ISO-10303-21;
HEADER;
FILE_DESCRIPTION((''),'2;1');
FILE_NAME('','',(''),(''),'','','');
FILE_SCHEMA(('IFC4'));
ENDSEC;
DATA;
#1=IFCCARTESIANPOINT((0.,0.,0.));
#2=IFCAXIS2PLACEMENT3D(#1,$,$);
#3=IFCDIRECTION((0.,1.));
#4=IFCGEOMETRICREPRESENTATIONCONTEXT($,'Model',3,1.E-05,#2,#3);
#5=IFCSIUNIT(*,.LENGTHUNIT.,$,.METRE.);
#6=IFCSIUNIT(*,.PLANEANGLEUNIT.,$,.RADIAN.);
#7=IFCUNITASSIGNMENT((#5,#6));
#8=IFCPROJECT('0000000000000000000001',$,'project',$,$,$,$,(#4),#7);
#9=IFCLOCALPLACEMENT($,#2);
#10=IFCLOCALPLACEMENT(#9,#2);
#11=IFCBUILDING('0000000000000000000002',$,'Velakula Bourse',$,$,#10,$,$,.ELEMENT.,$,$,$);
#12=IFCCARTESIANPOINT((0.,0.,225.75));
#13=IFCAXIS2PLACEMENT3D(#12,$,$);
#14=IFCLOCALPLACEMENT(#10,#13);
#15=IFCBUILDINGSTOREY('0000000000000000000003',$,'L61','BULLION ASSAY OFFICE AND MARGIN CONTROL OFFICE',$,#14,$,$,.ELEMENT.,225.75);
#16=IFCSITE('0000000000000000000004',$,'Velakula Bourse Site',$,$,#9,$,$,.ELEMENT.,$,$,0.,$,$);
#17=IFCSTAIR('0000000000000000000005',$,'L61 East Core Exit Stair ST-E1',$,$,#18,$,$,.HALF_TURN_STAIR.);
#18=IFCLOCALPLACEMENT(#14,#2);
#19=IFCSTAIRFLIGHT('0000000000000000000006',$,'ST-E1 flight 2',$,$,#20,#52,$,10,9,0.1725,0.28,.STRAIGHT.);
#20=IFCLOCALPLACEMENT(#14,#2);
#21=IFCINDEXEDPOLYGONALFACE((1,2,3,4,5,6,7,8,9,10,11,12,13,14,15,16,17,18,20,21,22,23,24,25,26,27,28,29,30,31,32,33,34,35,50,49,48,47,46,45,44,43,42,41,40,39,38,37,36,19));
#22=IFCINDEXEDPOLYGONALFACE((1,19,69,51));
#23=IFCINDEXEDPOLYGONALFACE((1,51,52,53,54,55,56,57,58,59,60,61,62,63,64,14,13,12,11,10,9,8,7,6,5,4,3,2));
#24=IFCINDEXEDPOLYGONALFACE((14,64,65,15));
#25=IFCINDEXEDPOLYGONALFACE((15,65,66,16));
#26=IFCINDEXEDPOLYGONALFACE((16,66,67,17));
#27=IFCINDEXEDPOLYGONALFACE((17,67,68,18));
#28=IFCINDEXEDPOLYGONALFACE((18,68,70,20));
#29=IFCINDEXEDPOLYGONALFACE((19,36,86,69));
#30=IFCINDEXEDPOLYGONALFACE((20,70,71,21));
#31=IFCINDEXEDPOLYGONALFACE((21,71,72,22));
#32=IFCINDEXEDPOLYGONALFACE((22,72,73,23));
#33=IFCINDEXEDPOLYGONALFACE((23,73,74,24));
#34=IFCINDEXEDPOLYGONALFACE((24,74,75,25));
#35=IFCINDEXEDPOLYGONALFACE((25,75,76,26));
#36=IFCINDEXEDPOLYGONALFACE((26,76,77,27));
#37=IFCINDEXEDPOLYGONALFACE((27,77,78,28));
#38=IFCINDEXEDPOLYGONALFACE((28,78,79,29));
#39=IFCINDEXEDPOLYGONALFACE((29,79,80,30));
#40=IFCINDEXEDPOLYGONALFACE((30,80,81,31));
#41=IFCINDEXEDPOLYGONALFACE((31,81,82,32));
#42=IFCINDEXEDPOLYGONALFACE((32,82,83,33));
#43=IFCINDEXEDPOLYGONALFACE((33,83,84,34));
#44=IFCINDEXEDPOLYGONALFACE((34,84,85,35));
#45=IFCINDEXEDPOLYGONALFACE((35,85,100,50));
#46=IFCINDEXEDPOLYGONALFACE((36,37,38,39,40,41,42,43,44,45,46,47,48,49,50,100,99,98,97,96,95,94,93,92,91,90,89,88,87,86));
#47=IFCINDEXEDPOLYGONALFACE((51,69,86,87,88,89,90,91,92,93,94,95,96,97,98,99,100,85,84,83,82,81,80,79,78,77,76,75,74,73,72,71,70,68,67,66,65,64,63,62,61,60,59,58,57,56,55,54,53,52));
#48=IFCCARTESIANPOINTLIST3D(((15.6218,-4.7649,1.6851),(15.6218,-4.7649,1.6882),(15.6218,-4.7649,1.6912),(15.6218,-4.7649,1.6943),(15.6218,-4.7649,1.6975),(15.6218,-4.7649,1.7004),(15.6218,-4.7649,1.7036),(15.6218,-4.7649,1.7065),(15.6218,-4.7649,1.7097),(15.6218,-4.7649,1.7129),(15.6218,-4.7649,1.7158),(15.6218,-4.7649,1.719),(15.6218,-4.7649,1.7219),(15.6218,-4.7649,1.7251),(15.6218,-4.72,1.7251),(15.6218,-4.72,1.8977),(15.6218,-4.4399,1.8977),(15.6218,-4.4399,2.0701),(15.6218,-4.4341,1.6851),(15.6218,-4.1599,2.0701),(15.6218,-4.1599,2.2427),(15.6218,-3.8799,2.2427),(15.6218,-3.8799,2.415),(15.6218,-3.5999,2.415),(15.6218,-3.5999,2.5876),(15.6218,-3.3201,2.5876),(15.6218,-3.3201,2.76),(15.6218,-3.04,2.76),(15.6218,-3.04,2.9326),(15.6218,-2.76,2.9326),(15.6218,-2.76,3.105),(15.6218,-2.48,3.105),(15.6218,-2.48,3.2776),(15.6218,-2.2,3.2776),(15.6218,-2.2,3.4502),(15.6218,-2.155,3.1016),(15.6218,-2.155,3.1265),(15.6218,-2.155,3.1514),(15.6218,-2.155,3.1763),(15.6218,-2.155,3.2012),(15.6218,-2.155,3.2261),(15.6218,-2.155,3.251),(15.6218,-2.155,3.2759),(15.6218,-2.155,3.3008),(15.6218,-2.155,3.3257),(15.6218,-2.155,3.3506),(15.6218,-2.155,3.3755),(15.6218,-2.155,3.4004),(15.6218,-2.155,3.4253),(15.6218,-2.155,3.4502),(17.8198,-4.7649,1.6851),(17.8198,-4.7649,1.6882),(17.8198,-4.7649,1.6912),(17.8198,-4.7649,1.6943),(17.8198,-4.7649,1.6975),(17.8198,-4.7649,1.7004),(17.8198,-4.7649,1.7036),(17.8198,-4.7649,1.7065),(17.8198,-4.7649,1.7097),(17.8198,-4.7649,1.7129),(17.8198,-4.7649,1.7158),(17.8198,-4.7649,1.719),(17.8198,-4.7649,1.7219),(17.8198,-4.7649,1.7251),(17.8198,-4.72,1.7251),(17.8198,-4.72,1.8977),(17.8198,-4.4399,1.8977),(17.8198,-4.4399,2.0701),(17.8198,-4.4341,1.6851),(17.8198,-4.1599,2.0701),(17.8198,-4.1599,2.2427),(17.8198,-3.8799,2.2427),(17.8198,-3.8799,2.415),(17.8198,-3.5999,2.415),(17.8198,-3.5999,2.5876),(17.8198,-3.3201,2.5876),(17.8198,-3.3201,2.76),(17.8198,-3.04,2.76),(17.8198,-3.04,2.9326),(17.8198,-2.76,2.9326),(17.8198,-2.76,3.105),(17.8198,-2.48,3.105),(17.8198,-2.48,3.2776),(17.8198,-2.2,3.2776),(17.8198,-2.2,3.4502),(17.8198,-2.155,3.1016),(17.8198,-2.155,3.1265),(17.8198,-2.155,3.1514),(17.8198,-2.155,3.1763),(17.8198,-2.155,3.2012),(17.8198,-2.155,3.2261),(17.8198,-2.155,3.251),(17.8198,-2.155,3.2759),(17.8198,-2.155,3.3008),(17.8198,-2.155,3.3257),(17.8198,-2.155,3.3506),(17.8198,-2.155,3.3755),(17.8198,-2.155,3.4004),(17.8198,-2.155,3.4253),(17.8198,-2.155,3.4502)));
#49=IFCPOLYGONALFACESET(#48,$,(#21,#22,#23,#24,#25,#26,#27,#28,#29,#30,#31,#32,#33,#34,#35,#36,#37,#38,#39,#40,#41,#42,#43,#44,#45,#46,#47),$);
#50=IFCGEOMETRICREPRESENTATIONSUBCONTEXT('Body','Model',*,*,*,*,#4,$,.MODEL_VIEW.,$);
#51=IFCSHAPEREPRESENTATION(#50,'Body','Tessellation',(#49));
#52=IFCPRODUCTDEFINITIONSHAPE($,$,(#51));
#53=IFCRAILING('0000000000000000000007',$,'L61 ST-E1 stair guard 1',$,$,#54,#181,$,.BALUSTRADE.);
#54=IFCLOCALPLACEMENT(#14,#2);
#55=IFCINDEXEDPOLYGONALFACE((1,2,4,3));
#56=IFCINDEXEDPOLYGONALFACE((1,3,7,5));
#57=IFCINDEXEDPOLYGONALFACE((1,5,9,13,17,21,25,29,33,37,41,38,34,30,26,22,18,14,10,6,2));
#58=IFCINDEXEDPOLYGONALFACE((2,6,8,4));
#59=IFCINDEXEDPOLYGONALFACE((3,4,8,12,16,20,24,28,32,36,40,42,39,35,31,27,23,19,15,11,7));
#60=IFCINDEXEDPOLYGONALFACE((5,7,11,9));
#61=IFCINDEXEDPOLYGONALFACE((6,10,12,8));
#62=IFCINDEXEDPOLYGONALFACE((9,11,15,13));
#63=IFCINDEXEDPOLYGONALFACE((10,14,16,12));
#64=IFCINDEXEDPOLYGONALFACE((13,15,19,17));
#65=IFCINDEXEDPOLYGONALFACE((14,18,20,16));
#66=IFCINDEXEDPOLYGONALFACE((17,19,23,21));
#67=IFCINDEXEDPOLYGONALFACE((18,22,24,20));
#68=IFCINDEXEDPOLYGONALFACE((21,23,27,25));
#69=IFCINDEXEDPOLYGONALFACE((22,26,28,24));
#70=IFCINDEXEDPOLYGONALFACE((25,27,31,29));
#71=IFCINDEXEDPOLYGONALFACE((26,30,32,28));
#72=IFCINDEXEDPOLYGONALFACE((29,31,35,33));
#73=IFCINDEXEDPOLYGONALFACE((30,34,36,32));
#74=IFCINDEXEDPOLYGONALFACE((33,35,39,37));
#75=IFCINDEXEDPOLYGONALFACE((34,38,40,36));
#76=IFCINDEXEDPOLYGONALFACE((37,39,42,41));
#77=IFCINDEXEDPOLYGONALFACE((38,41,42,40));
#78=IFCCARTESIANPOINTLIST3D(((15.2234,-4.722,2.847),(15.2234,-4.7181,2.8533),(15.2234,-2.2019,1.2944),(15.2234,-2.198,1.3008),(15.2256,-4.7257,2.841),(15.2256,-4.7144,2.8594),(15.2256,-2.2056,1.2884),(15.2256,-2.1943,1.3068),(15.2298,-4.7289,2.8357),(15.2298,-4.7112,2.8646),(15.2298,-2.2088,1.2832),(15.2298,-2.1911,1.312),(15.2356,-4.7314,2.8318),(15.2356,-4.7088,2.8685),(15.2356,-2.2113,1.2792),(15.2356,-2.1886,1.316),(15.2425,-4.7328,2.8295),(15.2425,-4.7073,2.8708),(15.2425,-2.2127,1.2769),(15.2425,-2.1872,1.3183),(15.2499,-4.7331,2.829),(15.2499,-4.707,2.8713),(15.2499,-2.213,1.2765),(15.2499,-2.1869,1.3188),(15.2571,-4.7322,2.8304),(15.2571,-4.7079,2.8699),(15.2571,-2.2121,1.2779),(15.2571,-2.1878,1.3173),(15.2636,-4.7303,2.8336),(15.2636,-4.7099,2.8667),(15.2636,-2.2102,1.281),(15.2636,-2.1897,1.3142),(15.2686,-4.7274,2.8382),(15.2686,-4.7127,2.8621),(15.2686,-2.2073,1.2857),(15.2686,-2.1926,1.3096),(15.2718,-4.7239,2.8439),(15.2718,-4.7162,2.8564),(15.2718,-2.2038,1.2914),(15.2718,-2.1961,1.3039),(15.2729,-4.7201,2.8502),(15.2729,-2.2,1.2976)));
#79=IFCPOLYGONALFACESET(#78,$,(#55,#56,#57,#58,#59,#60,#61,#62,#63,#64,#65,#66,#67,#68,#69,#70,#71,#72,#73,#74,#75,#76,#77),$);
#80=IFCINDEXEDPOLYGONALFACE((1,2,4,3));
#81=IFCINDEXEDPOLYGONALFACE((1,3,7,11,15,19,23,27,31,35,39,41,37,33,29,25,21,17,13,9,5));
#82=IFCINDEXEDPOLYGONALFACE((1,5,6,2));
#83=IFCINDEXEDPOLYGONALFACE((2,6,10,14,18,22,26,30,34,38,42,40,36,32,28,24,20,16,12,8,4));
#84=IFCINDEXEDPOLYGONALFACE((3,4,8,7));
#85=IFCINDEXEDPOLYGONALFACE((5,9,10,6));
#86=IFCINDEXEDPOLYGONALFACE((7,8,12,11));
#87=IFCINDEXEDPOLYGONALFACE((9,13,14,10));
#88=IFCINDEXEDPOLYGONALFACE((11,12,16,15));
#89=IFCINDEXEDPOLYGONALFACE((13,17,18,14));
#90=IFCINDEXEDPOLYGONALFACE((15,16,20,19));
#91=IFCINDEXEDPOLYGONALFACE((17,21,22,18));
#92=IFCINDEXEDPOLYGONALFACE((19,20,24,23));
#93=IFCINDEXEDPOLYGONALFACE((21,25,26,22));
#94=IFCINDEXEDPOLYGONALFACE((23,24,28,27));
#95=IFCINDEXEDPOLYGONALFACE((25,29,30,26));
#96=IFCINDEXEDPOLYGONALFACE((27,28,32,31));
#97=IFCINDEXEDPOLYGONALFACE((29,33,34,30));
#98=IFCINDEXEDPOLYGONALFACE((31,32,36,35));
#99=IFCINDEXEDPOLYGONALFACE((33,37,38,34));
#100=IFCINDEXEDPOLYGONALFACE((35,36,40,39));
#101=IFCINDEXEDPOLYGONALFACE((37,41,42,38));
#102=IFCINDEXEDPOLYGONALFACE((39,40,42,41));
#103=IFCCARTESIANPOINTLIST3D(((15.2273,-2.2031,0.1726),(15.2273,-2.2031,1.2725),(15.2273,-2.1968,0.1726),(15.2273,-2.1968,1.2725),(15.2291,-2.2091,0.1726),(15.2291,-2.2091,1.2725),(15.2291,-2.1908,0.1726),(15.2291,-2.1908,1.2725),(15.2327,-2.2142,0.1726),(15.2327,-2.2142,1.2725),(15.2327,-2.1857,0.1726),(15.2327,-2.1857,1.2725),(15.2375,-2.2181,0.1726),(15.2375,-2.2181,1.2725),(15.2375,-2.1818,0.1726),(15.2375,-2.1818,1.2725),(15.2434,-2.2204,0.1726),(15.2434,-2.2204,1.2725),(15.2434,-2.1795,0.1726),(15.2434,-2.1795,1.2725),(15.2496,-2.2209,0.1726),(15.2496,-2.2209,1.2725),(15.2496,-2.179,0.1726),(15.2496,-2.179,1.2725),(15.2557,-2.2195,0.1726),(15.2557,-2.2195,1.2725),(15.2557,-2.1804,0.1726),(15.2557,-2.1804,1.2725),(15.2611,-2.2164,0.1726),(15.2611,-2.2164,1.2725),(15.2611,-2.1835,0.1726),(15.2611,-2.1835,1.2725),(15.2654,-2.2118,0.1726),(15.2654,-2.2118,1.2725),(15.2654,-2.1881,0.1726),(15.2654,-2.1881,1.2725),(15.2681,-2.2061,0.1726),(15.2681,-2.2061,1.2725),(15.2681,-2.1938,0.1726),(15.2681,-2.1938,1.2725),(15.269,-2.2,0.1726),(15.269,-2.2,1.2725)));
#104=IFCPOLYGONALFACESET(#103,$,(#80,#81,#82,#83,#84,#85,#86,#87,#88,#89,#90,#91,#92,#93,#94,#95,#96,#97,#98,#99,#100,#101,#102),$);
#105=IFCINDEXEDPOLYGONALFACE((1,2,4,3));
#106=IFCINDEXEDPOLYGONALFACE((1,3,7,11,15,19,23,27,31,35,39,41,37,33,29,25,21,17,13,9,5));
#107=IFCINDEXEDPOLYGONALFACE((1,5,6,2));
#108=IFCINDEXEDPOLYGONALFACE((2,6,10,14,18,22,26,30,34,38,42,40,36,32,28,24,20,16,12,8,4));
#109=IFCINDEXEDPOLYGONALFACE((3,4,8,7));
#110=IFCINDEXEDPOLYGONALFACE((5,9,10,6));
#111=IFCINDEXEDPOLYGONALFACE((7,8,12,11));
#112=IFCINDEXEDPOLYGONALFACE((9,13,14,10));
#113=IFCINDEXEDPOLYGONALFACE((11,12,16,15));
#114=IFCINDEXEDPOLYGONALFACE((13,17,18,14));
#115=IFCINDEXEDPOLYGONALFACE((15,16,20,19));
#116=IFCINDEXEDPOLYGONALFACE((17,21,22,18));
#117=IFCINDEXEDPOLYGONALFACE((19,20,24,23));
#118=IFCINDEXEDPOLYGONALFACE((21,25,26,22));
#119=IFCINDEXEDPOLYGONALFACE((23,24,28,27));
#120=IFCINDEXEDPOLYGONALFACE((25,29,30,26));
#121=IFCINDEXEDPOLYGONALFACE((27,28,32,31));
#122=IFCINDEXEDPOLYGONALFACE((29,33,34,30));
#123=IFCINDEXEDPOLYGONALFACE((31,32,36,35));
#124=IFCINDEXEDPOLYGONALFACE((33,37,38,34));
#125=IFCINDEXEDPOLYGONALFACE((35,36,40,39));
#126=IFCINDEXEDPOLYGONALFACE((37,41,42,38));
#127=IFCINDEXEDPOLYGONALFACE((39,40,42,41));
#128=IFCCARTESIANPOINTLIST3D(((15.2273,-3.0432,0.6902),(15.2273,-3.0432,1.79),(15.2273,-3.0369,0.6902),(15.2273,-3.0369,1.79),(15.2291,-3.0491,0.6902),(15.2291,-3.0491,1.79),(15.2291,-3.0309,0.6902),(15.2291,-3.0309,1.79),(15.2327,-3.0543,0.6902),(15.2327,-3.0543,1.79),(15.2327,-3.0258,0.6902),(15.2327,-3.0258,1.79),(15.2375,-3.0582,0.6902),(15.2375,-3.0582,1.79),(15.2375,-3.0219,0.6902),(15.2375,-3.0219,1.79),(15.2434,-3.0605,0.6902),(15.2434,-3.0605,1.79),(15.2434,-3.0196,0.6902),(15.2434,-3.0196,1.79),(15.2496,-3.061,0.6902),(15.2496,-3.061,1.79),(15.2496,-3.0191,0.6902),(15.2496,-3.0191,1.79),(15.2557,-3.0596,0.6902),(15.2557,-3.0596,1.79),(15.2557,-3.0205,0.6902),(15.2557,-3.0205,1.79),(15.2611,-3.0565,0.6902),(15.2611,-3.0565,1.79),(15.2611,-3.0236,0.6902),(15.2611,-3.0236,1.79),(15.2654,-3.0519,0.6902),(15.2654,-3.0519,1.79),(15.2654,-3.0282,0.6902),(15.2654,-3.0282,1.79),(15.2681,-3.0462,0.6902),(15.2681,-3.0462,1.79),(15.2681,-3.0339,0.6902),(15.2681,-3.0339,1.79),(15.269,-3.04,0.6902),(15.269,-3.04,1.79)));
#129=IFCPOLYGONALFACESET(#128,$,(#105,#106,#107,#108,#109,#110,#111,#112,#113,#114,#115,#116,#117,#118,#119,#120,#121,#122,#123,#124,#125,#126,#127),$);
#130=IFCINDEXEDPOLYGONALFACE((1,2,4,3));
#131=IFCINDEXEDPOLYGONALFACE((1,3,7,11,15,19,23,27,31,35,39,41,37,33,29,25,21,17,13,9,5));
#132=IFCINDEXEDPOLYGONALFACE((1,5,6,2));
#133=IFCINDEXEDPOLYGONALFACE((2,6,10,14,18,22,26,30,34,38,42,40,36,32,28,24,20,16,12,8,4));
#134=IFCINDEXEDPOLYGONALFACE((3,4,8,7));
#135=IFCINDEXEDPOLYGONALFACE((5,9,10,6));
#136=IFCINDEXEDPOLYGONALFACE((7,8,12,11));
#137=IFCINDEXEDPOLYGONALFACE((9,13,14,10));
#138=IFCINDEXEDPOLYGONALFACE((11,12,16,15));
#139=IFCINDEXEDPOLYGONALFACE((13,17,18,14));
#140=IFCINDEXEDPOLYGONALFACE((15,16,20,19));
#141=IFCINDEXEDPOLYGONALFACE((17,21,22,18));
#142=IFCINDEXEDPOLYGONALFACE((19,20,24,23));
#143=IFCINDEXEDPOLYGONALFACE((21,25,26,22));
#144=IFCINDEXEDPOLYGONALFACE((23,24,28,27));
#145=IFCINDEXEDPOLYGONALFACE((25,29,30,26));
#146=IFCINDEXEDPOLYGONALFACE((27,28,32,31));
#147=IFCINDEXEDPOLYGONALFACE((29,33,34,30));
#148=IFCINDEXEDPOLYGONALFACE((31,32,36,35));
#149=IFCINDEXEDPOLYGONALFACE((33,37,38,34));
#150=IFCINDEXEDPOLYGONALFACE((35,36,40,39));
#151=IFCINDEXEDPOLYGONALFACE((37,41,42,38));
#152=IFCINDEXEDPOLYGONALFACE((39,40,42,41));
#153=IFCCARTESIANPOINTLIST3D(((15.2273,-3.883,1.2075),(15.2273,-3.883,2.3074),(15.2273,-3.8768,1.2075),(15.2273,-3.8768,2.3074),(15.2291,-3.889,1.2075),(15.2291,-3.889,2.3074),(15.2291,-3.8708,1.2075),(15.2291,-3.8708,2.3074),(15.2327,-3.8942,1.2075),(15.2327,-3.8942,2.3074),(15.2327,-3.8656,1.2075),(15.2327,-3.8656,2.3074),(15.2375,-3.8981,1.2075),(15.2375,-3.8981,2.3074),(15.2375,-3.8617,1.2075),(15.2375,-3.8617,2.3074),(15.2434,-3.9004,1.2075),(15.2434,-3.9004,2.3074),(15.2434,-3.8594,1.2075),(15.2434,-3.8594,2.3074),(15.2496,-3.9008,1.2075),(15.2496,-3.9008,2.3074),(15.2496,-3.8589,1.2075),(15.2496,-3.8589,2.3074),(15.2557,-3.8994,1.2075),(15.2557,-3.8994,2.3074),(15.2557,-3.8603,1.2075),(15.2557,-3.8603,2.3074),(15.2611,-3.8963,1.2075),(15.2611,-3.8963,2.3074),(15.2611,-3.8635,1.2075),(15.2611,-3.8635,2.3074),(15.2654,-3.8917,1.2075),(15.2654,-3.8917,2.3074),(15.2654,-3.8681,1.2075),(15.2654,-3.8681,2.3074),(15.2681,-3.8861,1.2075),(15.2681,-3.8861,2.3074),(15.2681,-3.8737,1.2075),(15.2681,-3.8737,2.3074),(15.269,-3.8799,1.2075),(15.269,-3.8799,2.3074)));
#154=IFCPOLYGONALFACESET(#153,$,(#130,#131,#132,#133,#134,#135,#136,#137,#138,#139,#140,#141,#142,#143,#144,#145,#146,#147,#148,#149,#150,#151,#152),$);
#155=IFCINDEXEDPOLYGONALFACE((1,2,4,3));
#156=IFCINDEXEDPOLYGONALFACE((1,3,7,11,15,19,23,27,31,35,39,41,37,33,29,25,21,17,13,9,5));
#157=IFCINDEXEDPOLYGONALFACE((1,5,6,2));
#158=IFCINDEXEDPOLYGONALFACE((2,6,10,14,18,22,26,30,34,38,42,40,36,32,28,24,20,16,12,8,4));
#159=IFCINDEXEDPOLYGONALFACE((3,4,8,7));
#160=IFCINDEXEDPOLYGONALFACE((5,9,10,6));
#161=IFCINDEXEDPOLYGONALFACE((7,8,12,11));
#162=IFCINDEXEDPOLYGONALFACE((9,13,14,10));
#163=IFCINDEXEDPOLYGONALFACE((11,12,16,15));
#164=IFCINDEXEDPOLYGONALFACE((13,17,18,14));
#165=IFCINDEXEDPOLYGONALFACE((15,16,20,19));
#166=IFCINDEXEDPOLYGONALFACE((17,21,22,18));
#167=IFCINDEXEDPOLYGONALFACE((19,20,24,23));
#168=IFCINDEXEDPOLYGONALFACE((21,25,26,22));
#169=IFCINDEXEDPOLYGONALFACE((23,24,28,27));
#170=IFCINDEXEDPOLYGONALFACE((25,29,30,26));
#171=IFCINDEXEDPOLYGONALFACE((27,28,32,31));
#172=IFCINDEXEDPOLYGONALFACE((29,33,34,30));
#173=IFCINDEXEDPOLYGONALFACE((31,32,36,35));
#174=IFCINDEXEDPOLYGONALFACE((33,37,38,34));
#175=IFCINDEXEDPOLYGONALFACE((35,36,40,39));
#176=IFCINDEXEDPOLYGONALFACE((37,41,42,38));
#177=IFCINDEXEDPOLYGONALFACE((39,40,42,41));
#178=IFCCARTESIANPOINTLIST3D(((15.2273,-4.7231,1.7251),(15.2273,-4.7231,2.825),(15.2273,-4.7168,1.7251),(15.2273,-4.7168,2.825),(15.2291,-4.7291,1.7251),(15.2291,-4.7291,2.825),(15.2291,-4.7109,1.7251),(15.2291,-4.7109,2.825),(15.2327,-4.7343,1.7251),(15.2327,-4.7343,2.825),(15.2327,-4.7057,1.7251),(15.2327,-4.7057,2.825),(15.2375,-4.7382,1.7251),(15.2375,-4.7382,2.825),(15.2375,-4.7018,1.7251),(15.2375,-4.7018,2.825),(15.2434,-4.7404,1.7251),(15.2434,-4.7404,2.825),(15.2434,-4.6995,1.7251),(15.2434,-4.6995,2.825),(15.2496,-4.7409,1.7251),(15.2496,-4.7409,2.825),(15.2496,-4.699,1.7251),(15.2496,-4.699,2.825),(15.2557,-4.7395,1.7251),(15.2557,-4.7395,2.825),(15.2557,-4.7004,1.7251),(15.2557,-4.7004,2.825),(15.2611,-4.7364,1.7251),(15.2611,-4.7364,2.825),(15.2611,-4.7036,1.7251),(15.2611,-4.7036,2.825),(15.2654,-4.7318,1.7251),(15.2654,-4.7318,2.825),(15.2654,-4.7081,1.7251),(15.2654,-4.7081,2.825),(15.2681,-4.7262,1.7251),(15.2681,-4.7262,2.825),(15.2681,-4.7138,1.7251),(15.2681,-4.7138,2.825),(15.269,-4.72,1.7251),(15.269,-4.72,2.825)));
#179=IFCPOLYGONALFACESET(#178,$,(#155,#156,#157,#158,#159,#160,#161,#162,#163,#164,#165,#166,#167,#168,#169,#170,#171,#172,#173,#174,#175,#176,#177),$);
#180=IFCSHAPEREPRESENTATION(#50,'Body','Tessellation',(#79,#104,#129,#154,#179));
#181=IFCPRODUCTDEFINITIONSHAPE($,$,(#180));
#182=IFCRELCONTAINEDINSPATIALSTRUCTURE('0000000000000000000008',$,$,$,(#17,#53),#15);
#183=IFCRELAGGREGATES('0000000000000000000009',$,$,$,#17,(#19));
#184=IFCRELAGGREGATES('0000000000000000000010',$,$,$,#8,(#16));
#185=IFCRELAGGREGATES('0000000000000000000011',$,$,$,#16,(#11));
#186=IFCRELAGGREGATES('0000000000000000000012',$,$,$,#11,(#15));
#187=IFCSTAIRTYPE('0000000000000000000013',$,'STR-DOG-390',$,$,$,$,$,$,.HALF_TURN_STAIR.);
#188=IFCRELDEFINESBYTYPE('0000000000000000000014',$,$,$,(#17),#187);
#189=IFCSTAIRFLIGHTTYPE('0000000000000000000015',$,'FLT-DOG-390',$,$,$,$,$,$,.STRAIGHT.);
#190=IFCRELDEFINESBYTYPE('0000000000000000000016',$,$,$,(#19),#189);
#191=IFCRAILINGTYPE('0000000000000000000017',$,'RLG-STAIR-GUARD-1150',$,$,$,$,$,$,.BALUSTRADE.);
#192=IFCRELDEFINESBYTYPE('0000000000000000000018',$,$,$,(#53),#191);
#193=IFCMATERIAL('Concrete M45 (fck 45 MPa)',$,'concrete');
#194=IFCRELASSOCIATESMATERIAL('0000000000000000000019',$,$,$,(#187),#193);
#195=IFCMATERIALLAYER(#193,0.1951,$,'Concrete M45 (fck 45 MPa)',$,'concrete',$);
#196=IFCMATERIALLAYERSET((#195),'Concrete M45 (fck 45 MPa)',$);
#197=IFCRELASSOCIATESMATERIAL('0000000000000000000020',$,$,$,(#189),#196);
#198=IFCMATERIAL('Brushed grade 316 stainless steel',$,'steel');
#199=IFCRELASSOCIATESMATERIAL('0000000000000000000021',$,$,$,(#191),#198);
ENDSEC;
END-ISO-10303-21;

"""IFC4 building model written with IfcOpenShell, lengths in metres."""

from ifc_helpers import new_model, si_unit, direction, frame, origin, origin_2d, place, context, subcontext, project, spatial, polyline, circle, outline, extrude, material, layer, layer_set, type_object, element, aggregate, save


model = new_model("IFC4")

# Units and contexts
model_context = context("Model", 3, precision=1e-05, world=origin(), true_north=direction((0.0, 1.0)))
body_context = subcontext(model_context, "Body", "Model", "MODEL_VIEW")
ifc_project = project(units=[si_unit("LENGTHUNIT", "METRE"), si_unit("PLANEANGLEUNIT", "RADIAN")], contexts=[model_context])

# Site, building, storey
site_placement = place(None, origin())
site = spatial("IfcSite", under=ifc_project, at=site_placement, Name="Velakula Bourse Site", CompositionType="ELEMENT", RefElevation=0.0)
building_placement = place(site_placement, origin())
building = spatial("IfcBuilding", under=site, at=building_placement, Name="Velakula Bourse", CompositionType="ELEMENT")
storey_placement = place(building_placement, frame((0.0, 0.0, 225.75)))
storey = spatial("IfcBuildingStorey", under=building, at=storey_placement, Name="L61", Description="BULLION ASSAY OFFICE AND MARGIN CONTROL OFFICE", CompositionType="ELEMENT", Elevation=225.75)

# Shared definitions
ifc_material_1 = material(Name="Brushed grade 316 stainless steel", Category="steel")

# Stair, stair flight
ifc_material_2 = material(Name="Concrete M45 (fck 45 MPa)", Category="concrete")
stair_type = type_object("IfcStairType", Name="STR-DOG-390", PredefinedType="HALF_TURN_STAIR", material=ifc_material_2)
stair_placement = place(storey_placement, origin())
stair = element("IfcStair", 1, at=stair_placement, inside=storey, type_object=stair_type, Name="L61 East Core Exit Stair ST-E1", PredefinedType="HALF_TURN_STAIR")
ifc_layer_1 = layer(ifc_material_2, 0.1951, Name="Concrete M45 (fck 45 MPa)", Category="concrete")
ifc_layer_set_1 = layer_set([ifc_layer_1], Name="Concrete M45 (fck 45 MPa)")
stair_flight_type = type_object("IfcStairFlightType", Name="FLT-DOG-390", PredefinedType="STRAIGHT", material=ifc_layer_set_1)
stair_flight_1_placement = place(storey_placement, frame((16.7209, -4.72, 1.7251), z_axis=(0.0, 0.0, 1.0), x_axis=(0.0, 1.0, 0.0)))
stair_flight_1 = element("IfcStairFlight", 2, at=stair_flight_1_placement, type_object=stair_flight_type, Name="ST-E1 flight 2", NumberOfRisers=10, NumberOfTreads=9, PredefinedType="STRAIGHT", RiserHeight=0.1725, TreadLength=0.28, context=body_context, shape_type="SweptSolid", body=[
    extrude(outline(polyline([(-0.0449, -0.04), (-0.0449, -0.0369), (-0.0449, -0.0339), (-0.0449, -0.0308), (-0.0449, -0.0276), (-0.0449, -0.0247), (-0.0449, -0.0215), (-0.0449, -0.0186), (-0.0449, -0.0154), (-0.0449, -0.0122), (-0.0449, -0.0093), (-0.0449, -0.0061), (-0.0449, -0.0032), (-0.0449, 0.0), (0.0, 0.0), (0.0, 0.1726), (0.28, 0.1726), (0.28, 0.345), (0.5601, 0.345), (0.5601, 0.5176), (0.8401, 0.5176), (0.8401, 0.6899), (1.1201, 0.6899), (1.1201, 0.8625), (1.3999, 0.8625), (1.3999, 1.0349), (1.6799, 1.0349), (1.6799, 1.2075), (1.96, 1.2075), (1.96, 1.3799), (2.24, 1.3799), (2.24, 1.5525), (2.52, 1.5525), (2.52, 1.7251), (2.5649, 1.7251), (2.5649, 1.7002), (2.5649, 1.6753), (2.5649, 1.6504), (2.5649, 1.6255), (2.5649, 1.6006), (2.5649, 1.5757), (2.5649, 1.5508), (2.5649, 1.5259), (2.5649, 1.501), (2.5649, 1.4761), (2.5649, 1.4512), (2.5649, 1.4263), (2.5649, 1.4014), (2.5649, 1.3765), (0.2859, -0.04), (-0.0449, -0.04)])), frame((0.0, 1.0991, 0.0), z_axis=(0.0, -1.0, 0.0), x_axis=(1.0, 0.0, 0.0)), (0.0, 0.0, 1.0), 2.198),
])
aggregate(stair, [stair_flight_1])

# Railing
railing_type_1 = type_object("IfcRailingType", Name="RLG-STAIR-GUARD-1150", PredefinedType="BALUSTRADE", material=ifc_material_1)
railing_1_placement = place(storey_placement, frame((15.248, -2.2, 0.1726)))
element("IfcRailing", 3, at=railing_1_placement, inside=storey, type_object=railing_type_1, Name="L61 ST-E1 stair guard 1", PredefinedType="BALUSTRADE", context=body_context, shape_type="SweptSolid", body=[
    extrude(circle(Radius=0.0249, at=origin_2d()), frame((0.0, 0.0, 1.125), z_axis=(0.0, -0.8514, 0.524516), x_axis=(1.0, 0.0, 0.0)), (0.0, 0.0, 1.0), 2.96),
    extrude(circle(Radius=0.021, at=origin_2d()), origin(), (0.0, 0.0, 1.0), 1.0999),
    extrude(circle(Radius=0.021, at=origin_2d()), frame((0.0, -0.8401, 0.5176)), (0.0, 0.0, 1.0), 1.0999),
    extrude(circle(Radius=0.021, at=origin_2d()), frame((0.0, -1.6799, 1.0349)), (0.0, 0.0, 1.0), 1.0999),
    extrude(circle(Radius=0.021, at=origin_2d()), frame((0.0, -2.52, 1.5525)), (0.0, 0.0, 1.0), 1.0999),
])

save(model, "model.ifc")
